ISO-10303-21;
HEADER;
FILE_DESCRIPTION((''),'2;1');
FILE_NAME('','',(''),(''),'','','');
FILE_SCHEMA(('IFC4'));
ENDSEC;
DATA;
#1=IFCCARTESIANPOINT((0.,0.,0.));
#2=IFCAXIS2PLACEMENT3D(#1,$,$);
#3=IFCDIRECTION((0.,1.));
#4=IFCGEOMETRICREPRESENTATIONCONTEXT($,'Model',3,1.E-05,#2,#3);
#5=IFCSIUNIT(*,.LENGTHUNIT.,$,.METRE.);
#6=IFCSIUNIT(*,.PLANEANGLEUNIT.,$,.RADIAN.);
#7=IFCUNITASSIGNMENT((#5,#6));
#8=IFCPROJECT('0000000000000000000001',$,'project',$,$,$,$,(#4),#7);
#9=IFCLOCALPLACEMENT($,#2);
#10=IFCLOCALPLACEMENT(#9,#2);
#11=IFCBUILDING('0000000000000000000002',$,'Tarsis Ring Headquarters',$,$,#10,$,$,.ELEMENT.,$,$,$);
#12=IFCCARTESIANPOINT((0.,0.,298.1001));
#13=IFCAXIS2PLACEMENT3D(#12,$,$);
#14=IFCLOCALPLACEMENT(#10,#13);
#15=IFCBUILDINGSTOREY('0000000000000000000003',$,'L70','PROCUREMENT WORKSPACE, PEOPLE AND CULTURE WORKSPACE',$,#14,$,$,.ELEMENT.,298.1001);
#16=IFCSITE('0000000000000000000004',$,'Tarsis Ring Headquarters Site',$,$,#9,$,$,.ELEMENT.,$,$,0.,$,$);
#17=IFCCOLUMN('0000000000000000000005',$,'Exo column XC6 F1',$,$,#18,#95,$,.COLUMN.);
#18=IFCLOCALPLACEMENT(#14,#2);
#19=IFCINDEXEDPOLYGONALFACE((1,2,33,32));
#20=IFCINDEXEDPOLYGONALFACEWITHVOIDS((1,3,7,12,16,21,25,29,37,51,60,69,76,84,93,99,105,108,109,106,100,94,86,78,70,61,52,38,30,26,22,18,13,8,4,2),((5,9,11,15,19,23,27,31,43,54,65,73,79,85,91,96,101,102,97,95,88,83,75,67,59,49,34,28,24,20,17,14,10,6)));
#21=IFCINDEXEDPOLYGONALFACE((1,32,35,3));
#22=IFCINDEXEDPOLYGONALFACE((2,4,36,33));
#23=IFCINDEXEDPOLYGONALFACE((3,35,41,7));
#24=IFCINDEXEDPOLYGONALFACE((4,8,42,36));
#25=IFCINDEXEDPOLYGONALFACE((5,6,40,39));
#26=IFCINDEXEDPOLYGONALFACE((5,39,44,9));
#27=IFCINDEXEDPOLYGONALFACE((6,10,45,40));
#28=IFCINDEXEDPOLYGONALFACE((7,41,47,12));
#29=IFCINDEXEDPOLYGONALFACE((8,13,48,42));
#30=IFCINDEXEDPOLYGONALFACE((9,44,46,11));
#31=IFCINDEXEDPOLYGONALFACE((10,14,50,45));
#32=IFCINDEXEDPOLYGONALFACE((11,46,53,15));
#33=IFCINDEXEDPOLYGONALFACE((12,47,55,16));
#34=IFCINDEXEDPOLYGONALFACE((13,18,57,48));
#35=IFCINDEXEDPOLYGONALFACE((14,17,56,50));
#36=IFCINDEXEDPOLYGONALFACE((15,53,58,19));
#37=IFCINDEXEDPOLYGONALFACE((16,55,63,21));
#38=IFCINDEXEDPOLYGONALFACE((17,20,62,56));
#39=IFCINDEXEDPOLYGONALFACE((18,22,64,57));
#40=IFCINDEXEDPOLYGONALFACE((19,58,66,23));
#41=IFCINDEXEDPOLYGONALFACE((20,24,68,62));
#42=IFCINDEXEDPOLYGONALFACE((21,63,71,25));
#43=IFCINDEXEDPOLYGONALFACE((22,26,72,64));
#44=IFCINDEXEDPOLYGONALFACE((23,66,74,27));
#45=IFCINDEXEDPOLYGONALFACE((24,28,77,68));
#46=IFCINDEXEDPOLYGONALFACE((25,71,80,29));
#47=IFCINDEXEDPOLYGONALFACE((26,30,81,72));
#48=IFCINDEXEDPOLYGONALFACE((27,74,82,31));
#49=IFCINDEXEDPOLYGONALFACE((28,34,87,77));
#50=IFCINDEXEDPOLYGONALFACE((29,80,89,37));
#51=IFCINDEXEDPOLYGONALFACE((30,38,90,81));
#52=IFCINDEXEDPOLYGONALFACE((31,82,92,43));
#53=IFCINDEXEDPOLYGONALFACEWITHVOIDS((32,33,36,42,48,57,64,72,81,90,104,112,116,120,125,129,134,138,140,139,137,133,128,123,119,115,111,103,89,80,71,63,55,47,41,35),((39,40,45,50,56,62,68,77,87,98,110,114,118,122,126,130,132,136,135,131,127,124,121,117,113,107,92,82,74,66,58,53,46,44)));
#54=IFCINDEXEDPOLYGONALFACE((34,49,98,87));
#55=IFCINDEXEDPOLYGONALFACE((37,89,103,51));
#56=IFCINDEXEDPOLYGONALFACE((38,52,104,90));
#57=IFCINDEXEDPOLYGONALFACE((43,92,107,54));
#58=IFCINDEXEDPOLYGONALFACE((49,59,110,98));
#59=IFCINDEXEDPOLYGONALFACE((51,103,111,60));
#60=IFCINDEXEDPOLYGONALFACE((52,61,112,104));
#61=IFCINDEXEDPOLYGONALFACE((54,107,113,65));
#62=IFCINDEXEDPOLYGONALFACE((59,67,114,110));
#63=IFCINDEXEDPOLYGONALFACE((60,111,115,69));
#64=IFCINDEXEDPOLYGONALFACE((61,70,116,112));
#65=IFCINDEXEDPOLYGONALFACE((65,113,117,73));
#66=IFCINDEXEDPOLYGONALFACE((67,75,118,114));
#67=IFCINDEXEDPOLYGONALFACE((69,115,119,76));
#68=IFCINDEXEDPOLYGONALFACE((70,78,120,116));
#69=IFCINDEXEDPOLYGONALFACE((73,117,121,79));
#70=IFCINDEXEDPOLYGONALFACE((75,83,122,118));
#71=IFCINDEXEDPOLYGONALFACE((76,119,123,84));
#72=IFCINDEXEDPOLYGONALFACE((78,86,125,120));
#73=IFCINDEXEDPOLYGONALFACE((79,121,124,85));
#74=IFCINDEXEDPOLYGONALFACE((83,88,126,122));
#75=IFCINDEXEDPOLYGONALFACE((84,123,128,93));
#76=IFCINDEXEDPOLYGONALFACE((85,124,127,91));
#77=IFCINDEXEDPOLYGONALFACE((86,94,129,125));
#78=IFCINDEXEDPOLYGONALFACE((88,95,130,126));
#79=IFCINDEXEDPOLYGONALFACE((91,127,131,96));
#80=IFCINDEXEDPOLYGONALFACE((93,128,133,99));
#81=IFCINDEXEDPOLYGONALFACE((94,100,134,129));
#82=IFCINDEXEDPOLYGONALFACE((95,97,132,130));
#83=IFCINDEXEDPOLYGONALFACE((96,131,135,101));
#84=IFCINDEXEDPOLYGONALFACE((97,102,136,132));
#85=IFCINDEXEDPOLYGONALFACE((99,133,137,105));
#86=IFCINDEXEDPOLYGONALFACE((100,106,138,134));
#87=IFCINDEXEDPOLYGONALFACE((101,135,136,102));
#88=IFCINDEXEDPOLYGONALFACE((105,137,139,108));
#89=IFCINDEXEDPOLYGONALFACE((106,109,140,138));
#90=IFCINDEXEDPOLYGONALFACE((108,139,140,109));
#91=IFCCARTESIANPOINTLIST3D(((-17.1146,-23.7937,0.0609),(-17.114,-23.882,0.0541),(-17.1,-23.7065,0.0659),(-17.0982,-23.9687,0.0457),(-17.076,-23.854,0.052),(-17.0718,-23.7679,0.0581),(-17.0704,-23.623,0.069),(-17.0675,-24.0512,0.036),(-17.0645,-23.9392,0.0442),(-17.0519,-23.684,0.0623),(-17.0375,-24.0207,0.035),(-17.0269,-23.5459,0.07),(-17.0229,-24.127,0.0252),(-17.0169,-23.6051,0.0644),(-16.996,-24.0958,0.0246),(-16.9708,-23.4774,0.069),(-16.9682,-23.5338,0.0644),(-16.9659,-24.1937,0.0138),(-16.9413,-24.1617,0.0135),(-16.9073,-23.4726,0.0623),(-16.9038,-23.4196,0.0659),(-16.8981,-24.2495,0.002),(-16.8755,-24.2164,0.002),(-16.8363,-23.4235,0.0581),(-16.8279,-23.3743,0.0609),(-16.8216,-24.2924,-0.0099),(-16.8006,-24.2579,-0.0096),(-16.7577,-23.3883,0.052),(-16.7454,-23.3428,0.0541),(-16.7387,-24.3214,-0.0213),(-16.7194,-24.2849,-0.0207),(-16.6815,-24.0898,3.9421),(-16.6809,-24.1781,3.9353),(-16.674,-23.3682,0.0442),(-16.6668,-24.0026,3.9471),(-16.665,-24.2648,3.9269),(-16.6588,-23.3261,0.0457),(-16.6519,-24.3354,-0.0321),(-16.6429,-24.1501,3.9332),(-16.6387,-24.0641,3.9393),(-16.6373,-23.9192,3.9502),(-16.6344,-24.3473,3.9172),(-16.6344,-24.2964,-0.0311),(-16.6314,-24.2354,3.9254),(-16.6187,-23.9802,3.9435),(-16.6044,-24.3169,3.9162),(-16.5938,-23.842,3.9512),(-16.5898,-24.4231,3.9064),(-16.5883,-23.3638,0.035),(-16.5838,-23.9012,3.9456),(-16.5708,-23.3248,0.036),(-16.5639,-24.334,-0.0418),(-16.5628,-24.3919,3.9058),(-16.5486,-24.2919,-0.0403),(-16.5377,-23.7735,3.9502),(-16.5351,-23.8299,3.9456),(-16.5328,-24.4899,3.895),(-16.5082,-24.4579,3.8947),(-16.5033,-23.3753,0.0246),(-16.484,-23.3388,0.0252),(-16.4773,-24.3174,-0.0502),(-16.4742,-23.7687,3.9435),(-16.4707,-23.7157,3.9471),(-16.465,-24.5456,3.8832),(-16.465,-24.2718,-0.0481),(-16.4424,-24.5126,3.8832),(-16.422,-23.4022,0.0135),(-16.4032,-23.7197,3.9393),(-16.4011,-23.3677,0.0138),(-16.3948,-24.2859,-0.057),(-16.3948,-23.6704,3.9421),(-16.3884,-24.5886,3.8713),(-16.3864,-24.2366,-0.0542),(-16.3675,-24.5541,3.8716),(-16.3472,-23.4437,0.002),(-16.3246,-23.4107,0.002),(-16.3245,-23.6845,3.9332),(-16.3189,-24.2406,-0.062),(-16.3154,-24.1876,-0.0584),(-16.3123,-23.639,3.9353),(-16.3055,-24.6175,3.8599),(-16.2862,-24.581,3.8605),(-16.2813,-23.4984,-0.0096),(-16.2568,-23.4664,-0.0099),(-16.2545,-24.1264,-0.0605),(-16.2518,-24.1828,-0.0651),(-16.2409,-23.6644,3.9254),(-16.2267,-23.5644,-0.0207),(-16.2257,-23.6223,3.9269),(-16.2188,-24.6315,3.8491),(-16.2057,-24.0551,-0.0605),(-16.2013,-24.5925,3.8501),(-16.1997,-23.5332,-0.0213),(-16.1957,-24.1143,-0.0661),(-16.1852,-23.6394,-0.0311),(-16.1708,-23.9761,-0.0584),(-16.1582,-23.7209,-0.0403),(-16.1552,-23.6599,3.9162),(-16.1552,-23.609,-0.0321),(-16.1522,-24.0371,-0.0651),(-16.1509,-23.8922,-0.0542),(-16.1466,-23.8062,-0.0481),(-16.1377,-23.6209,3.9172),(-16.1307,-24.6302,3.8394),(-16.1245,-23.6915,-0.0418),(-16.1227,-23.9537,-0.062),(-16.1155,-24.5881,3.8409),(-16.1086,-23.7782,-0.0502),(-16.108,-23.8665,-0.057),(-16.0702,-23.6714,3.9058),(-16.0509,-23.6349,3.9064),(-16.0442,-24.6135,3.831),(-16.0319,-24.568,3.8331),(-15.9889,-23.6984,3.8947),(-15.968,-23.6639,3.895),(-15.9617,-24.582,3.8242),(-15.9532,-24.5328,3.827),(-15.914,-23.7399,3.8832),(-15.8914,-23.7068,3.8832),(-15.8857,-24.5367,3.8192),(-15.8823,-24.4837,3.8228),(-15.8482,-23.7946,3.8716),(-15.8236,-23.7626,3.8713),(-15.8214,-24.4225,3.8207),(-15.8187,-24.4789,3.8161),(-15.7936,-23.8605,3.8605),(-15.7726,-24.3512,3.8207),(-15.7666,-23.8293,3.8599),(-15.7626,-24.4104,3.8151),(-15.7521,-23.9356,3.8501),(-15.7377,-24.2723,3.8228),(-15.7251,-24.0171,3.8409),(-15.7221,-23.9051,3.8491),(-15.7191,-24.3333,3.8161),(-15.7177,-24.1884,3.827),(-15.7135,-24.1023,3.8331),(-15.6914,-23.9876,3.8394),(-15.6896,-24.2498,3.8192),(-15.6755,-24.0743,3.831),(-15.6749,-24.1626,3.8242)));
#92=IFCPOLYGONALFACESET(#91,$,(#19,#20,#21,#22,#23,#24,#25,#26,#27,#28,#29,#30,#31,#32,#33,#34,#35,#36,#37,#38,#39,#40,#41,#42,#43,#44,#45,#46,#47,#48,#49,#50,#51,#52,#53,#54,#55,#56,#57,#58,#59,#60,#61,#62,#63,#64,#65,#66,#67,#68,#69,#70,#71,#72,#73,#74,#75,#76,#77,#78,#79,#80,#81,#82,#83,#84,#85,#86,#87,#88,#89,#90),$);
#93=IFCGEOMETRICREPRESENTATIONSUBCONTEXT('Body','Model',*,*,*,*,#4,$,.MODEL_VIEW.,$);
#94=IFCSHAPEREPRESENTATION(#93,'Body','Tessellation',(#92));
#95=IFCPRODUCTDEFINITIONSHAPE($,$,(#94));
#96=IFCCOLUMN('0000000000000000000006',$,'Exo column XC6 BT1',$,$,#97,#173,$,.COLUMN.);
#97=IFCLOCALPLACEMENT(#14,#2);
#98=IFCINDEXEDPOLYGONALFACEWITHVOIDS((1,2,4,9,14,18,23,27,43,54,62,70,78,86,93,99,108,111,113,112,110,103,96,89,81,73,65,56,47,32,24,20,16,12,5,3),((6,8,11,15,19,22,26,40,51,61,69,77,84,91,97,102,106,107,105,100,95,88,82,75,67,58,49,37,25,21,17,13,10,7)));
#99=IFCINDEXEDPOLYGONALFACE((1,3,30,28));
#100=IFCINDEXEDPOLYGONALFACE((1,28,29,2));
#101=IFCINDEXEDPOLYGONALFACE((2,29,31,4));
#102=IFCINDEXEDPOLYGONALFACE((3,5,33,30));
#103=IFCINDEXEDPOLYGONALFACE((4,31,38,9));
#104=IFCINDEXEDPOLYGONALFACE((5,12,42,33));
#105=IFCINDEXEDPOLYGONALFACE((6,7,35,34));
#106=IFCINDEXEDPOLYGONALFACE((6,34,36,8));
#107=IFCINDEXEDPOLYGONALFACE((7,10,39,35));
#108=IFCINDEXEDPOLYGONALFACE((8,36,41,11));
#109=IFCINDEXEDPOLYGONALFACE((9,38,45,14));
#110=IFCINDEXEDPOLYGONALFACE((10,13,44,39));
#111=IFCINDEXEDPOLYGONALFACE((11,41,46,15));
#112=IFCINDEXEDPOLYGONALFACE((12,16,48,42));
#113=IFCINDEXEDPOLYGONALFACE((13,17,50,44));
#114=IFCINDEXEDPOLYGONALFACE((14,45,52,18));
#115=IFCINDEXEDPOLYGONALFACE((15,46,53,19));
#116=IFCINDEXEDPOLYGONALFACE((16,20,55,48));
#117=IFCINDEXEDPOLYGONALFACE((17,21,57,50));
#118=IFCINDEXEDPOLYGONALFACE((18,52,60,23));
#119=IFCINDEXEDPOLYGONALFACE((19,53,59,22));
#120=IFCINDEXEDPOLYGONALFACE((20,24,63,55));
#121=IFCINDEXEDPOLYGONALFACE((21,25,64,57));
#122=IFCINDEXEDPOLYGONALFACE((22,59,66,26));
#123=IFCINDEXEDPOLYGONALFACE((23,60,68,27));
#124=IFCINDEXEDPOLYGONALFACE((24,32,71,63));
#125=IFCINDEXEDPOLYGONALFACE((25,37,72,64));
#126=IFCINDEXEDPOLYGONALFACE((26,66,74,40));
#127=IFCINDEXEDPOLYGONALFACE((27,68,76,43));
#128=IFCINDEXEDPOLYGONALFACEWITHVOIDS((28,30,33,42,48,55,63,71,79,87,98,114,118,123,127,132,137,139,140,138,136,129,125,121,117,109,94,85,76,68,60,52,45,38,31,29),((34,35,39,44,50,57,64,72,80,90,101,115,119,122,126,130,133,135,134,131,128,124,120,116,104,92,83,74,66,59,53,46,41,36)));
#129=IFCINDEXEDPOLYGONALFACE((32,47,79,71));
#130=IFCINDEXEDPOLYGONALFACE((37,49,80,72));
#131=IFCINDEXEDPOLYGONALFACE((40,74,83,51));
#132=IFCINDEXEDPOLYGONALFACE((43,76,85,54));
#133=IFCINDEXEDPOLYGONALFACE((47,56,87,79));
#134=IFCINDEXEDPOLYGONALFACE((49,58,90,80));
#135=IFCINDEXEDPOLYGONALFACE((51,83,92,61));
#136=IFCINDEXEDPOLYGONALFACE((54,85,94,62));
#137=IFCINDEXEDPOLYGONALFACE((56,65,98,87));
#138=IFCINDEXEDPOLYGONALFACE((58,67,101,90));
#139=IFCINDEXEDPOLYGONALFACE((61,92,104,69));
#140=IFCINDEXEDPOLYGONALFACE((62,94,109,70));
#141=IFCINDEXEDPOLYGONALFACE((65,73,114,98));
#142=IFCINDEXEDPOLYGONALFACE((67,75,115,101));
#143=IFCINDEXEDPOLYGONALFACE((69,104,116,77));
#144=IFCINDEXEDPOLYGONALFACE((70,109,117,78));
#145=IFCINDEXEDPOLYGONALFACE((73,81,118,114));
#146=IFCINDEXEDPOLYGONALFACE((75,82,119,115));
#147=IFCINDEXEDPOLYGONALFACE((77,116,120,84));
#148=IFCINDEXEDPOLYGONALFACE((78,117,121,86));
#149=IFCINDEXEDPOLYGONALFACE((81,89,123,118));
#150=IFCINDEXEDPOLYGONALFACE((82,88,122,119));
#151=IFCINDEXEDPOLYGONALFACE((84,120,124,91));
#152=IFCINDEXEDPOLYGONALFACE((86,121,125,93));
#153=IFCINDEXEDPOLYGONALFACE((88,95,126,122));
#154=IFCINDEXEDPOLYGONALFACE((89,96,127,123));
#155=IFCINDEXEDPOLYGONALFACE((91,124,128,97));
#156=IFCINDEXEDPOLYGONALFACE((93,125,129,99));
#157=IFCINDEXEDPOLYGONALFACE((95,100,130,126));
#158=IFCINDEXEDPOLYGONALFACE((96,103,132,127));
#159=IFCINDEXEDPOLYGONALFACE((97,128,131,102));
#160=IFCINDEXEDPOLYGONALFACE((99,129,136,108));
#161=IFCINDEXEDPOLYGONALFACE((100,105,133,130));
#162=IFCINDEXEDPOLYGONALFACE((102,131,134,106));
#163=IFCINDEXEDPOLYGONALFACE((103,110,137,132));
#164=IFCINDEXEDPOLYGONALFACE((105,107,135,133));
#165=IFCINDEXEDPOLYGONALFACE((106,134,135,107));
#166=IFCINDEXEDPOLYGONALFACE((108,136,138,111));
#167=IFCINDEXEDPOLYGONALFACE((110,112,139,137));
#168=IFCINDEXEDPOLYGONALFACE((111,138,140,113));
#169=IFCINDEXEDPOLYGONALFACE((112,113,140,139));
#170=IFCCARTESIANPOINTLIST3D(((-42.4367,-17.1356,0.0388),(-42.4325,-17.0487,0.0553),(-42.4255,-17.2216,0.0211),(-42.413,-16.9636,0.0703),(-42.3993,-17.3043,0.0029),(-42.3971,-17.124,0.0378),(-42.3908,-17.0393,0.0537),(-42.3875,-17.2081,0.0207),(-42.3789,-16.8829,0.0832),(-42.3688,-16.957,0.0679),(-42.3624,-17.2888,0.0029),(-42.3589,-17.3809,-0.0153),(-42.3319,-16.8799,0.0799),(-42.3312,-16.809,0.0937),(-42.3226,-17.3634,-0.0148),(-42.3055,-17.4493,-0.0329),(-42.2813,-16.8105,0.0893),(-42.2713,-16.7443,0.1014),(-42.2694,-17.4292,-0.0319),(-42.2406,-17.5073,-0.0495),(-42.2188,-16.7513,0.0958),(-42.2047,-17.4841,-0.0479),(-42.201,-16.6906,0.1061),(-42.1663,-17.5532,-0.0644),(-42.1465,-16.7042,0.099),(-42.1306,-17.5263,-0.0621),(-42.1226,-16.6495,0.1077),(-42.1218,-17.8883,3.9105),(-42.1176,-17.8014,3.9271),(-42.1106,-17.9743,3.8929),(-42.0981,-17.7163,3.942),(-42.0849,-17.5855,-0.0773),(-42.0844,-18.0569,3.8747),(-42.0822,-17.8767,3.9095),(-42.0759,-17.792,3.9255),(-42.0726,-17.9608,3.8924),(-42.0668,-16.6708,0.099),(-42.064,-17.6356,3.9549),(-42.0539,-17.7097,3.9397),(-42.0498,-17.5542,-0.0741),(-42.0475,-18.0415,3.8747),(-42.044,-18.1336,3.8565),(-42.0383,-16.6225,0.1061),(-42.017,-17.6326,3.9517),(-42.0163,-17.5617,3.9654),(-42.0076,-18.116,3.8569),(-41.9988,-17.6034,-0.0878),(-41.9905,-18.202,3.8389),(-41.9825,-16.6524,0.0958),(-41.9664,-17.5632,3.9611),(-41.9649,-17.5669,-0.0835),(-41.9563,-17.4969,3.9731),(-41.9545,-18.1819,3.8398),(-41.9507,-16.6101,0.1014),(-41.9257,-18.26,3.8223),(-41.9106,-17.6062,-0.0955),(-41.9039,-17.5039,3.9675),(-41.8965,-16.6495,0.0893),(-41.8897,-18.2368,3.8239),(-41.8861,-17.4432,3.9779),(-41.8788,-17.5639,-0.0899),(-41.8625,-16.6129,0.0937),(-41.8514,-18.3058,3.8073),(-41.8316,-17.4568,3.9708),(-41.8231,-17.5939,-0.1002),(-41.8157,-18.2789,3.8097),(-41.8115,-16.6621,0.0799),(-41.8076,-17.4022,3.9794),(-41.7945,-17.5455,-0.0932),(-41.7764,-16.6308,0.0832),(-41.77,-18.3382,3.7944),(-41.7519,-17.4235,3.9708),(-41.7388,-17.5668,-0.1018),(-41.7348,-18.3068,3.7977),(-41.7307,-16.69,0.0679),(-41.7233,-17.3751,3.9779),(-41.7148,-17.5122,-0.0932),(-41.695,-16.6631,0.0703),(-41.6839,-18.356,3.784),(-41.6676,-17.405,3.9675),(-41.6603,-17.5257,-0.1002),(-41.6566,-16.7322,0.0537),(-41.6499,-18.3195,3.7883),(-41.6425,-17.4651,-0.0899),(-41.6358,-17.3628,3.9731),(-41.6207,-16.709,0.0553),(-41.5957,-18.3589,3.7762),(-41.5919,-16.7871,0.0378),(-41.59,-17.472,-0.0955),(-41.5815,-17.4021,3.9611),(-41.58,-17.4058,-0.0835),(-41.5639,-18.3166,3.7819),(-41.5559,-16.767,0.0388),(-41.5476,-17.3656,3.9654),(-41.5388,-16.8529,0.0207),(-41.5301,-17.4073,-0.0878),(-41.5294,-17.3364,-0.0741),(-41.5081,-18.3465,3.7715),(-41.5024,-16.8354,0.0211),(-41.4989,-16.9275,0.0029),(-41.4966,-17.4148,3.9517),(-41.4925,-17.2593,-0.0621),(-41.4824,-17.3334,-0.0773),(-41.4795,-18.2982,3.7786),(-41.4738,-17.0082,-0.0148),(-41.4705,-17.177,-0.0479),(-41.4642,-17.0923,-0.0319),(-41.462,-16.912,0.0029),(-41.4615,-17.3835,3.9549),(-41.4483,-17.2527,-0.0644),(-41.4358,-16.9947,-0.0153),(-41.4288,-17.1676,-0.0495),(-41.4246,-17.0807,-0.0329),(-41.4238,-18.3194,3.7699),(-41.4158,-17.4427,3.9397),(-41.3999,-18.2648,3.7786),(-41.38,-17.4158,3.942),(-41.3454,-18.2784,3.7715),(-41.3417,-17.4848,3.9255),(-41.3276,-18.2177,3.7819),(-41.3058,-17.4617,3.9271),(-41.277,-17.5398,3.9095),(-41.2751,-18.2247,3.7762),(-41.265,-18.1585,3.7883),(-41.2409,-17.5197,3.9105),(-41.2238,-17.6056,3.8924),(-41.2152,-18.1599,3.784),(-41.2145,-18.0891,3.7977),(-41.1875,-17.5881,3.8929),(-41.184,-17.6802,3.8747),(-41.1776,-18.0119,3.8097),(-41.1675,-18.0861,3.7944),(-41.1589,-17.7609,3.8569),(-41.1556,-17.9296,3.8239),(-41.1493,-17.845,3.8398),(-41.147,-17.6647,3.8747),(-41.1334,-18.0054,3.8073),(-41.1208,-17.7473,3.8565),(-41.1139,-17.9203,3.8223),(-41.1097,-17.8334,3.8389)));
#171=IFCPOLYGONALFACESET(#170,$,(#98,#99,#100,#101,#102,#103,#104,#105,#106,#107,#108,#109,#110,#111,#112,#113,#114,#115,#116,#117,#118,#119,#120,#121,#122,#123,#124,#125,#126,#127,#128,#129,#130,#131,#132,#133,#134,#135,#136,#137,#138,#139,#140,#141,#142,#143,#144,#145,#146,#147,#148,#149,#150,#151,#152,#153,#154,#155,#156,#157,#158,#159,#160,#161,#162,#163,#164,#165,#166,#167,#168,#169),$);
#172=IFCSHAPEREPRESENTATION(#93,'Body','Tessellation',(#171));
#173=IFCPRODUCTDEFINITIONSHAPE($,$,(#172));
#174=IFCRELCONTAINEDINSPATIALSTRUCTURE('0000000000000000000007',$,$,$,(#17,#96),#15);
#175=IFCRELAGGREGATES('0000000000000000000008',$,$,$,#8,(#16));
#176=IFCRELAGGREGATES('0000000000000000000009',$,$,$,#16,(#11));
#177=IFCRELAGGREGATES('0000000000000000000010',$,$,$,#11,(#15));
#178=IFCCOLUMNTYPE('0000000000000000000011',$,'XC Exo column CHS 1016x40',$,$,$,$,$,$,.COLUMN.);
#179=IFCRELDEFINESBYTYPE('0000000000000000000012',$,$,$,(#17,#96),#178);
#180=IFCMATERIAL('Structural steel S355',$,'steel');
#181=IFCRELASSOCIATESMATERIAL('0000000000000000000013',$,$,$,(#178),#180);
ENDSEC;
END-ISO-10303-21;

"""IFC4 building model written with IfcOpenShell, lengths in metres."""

from ifc_helpers import new_model, si_unit, direction, frame, origin, origin_2d, place, context, subcontext, project, spatial, hollow_circle, extrude, material, material_profile, profile_set, type_object, element, save


model = new_model("IFC4")

# Units and contexts
model_context = context("Model", 3, precision=1e-05, world=origin(), true_north=direction((0.0, 1.0)))
body_context = subcontext(model_context, "Body", "Model", "MODEL_VIEW")
ifc_project = project(units=[si_unit("LENGTHUNIT", "METRE"), si_unit("PLANEANGLEUNIT", "RADIAN")], contexts=[model_context])

# Site, building, storey
site_placement = place(None, origin())
site = spatial("IfcSite", under=ifc_project, at=site_placement, Name="Tarsis Ring Headquarters Site", CompositionType="ELEMENT", RefElevation=0.0)
building_placement = place(site_placement, origin())
building = spatial("IfcBuilding", under=site, at=building_placement, Name="Tarsis Ring Headquarters", CompositionType="ELEMENT")
storey_placement = place(building_placement, frame((0.0, 0.0, 298.1001)))
storey = spatial("IfcBuildingStorey", under=building, at=storey_placement, Name="L70", Description="PROCUREMENT WORKSPACE, PEOPLE AND CULTURE WORKSPACE", CompositionType="ELEMENT", Elevation=298.1001)

# Columns
ifc_material_1 = material(Name="Structural steel S355", Category="steel")
ifc_material_profile_1 = material_profile(ifc_material_1, hollow_circle(Radius=0.5081, WallThickness=0.04, at=origin_2d()), Name="CHS 1016x40")
ifc_profile_set_1 = profile_set([ifc_material_profile_1], Name="Structural steel S355")
column_type = type_object("IfcColumnType", Name="XC Exo column CHS 1016x40", PredefinedType="COLUMN", material=ifc_profile_set_1)
column_1_placement = place(storey_placement, frame((-16.6113, -23.8301, 0.002), z_axis=(0.110587, -0.075616, 0.990986), x_axis=(0.564434, 0.825478, 0.0)))
element("IfcColumn", 1, at=column_1_placement, inside=storey, type_object=column_type, Name="Exo column XC6 F1", PredefinedType="COLUMN", context=body_context, shape_type="SweptSolid", body=[
    extrude(hollow_circle(Radius=0.5081, WallThickness=0.04, at=origin_2d()), origin(), (0.0, 0.0, 1.0), 3.9165),
])
column_2_placement = place(storey_placement, frame((-41.9307, -17.1082, 0.0029), z_axis=(0.079594, -0.190223, 0.978509), x_axis=(0.9225, 0.385996, 0.0)))
element("IfcColumn", 2, at=column_2_placement, inside=storey, type_object=column_type, Name="Exo column XC6 BT1", PredefinedType="COLUMN", context=body_context, shape_type="SweptSolid", body=[
    extrude(hollow_circle(Radius=0.5081, WallThickness=0.04, at=origin_2d()), origin(), (0.0, 0.0, 1.0), 3.9568),
])

save(model, "model.ifc")
